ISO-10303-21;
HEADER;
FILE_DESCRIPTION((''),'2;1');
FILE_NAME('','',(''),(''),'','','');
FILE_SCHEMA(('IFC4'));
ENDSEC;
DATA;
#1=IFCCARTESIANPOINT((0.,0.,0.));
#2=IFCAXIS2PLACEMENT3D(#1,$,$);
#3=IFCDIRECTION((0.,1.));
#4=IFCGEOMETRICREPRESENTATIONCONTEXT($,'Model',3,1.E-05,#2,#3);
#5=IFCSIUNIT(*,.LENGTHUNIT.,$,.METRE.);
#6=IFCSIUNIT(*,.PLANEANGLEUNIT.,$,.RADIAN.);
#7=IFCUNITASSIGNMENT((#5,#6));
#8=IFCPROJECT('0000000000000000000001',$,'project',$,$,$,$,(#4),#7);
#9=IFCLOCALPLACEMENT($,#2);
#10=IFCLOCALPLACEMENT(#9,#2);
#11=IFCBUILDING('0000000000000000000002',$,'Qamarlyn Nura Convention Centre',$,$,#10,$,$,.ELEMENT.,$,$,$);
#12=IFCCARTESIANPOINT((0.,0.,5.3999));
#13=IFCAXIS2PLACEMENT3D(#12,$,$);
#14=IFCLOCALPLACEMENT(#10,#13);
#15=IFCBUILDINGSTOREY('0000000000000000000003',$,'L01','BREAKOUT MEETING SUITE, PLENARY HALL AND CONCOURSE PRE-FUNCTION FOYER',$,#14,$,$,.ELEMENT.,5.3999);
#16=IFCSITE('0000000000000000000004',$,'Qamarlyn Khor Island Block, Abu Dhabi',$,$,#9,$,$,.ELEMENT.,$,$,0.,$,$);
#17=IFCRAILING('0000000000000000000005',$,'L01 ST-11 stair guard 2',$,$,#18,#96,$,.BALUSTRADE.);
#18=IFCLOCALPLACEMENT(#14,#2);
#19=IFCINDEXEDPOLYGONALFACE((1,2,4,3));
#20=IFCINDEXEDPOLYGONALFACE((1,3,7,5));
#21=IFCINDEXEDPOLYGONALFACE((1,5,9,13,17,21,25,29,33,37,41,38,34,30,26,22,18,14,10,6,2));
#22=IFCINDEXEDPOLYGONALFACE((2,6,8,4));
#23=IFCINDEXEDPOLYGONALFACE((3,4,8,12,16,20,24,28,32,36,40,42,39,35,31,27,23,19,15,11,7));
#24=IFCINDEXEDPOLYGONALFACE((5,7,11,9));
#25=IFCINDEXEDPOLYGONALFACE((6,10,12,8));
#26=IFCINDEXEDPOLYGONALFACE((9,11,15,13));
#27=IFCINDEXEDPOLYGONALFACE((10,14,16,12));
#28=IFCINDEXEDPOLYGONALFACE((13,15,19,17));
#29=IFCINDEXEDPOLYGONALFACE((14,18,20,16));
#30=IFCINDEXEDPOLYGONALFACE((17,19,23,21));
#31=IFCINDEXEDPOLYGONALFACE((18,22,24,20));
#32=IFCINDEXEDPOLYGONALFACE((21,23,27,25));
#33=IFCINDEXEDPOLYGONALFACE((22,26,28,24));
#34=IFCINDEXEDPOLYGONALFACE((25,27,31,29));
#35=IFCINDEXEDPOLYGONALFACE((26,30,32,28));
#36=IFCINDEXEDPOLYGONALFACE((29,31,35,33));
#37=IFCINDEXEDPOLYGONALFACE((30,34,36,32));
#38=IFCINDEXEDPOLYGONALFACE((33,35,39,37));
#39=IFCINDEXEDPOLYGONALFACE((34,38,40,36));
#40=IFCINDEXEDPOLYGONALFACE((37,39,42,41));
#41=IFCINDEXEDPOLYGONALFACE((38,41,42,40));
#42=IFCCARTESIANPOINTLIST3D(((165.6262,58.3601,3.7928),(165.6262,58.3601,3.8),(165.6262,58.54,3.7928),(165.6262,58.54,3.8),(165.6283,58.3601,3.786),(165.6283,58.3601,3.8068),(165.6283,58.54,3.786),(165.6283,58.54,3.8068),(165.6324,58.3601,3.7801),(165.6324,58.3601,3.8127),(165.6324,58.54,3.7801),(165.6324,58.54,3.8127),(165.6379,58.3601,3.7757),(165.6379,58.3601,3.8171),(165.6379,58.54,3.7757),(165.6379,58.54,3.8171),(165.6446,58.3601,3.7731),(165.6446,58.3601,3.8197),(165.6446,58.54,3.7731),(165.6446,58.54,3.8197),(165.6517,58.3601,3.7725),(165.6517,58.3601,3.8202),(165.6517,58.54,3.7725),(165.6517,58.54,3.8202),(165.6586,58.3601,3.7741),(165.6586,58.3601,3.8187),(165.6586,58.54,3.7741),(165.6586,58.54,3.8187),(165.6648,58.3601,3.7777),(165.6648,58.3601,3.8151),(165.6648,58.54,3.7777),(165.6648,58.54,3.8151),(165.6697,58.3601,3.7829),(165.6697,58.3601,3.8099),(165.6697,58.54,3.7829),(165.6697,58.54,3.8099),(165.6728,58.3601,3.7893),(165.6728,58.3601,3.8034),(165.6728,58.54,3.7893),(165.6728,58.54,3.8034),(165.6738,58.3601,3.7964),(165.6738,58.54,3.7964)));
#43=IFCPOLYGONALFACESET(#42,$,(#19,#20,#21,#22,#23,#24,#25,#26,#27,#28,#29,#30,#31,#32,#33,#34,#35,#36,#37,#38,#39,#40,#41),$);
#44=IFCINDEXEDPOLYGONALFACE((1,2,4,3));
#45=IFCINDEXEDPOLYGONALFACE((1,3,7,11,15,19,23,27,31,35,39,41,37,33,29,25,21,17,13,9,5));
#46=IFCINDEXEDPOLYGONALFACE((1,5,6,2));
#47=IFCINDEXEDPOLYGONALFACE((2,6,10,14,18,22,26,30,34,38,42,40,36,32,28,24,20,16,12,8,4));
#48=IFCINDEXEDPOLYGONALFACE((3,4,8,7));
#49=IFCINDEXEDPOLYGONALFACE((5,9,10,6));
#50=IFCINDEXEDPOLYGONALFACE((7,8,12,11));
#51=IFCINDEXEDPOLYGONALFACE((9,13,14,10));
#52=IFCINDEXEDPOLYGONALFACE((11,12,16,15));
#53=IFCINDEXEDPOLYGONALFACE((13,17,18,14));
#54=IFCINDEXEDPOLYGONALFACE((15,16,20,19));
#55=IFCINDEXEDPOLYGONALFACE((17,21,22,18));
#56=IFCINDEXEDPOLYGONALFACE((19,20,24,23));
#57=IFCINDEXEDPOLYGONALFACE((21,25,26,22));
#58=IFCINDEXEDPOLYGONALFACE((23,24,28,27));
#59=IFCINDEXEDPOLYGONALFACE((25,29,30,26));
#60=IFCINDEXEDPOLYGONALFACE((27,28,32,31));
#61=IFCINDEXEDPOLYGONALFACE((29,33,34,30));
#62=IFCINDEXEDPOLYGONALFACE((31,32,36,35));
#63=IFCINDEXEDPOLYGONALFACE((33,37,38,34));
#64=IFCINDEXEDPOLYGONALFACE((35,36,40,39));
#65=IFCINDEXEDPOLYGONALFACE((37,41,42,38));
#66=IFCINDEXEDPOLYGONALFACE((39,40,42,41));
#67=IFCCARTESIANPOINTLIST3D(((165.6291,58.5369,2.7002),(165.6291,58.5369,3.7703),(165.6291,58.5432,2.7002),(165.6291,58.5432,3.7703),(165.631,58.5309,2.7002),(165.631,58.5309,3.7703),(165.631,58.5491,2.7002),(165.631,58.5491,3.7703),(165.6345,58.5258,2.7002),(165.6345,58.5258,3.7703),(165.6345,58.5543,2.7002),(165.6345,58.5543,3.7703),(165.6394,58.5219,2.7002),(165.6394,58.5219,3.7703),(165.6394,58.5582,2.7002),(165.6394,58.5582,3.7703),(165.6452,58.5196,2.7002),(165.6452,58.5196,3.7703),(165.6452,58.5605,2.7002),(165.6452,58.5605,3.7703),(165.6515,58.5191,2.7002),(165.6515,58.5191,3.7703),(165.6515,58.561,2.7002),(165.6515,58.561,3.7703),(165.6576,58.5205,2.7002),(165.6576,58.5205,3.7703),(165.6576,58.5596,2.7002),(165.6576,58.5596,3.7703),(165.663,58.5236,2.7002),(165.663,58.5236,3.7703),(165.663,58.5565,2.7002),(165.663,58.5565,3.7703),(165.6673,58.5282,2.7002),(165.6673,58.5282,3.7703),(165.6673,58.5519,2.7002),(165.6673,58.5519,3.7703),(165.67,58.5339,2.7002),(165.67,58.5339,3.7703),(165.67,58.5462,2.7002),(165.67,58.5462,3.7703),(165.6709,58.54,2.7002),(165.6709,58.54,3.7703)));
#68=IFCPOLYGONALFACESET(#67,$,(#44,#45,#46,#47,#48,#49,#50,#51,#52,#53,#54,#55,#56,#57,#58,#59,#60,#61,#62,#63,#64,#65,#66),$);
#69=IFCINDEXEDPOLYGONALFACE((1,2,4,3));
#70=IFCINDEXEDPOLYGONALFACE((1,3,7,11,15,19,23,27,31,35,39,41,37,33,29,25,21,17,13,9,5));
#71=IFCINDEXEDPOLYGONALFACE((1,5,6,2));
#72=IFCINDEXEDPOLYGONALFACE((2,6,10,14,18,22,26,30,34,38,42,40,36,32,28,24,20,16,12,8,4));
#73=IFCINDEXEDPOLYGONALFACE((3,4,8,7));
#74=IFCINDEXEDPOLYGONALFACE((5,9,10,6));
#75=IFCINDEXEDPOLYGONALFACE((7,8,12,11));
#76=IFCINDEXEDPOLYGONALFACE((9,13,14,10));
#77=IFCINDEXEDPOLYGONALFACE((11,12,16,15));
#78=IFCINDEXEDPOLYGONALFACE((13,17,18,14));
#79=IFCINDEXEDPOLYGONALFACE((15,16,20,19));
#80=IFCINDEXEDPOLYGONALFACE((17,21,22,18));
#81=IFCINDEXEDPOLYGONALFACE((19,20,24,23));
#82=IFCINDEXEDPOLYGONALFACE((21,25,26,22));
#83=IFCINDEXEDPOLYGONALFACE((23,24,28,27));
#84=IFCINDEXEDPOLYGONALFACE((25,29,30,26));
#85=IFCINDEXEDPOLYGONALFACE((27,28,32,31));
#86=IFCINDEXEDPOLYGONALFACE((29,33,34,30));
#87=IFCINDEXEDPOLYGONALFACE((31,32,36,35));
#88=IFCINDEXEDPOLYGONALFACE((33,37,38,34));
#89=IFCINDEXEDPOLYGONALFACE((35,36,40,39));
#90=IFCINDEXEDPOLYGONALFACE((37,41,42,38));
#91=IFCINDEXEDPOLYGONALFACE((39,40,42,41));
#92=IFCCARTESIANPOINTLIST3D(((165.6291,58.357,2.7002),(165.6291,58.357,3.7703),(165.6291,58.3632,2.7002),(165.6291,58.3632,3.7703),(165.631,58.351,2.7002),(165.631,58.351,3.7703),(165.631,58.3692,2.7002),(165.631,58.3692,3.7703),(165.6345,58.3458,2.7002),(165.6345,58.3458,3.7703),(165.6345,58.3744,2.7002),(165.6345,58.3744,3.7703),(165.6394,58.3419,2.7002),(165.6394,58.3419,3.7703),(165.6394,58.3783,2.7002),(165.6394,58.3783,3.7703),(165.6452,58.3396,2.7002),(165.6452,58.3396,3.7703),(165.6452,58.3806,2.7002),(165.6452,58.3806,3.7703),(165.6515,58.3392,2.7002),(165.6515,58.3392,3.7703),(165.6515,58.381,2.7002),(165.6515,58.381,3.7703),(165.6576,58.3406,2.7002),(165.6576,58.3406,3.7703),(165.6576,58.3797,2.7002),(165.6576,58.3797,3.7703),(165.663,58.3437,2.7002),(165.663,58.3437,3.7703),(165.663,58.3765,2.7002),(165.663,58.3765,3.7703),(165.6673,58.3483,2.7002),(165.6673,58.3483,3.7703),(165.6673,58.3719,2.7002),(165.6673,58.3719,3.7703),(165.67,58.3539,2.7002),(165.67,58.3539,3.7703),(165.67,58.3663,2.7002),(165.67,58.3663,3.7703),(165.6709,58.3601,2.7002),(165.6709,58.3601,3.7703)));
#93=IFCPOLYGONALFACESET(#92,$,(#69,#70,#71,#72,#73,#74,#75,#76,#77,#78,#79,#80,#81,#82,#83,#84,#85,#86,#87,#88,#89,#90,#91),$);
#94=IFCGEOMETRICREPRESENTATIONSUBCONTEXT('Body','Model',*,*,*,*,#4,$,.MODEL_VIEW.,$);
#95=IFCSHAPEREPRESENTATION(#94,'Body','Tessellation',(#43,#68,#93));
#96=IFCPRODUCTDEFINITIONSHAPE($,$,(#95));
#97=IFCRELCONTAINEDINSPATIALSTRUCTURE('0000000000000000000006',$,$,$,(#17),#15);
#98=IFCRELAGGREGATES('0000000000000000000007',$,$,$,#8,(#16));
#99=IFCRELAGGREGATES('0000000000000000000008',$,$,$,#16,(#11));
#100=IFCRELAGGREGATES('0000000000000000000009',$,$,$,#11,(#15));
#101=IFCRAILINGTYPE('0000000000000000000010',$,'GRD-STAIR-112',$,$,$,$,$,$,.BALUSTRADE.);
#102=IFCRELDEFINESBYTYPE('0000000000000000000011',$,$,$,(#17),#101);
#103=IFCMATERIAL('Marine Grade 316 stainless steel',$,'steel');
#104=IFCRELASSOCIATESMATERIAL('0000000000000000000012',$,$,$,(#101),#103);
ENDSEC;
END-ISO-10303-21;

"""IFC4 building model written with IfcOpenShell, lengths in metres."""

from ifc_helpers import new_model, si_unit, direction, frame, origin, origin_2d, place, context, subcontext, project, spatial, circle, extrude, material, type_object, element, save


model = new_model("IFC4")

# Units and contexts
model_context = context("Model", 3, precision=1e-05, world=origin(), true_north=direction((0.0, 1.0)))
body_context = subcontext(model_context, "Body", "Model", "MODEL_VIEW")
ifc_project = project(units=[si_unit("LENGTHUNIT", "METRE"), si_unit("PLANEANGLEUNIT", "RADIAN")], contexts=[model_context])

# Site, building, storey
site_placement = place(None, origin())
site = spatial("IfcSite", under=ifc_project, at=site_placement, Name="Qamarlyn Khor Island Block, Abu Dhabi", CompositionType="ELEMENT", RefElevation=0.0)
building_placement = place(site_placement, origin())
building = spatial("IfcBuilding", under=site, at=building_placement, Name="Qamarlyn Nura Convention Centre", CompositionType="ELEMENT")
storey_placement = place(building_placement, frame((0.0, 0.0, 5.3999)))
storey = spatial("IfcBuildingStorey", under=building, at=storey_placement, Name="L01", Description="BREAKOUT MEETING SUITE, PLENARY HALL AND CONCOURSE PRE-FUNCTION FOYER", CompositionType="ELEMENT", Elevation=5.3999)

# Railing
ifc_material_1 = material(Name="Marine Grade 316 stainless steel", Category="steel")
railing_type_1 = type_object("IfcRailingType", Name="GRD-STAIR-112", PredefinedType="BALUSTRADE", material=ifc_material_1)
railing_1_placement = place(storey_placement, frame((165.6499, 58.54, 2.7002)))
element("IfcRailing", 1, at=railing_1_placement, inside=storey, type_object=railing_type_1, Name="L01 ST-11 stair guard 2", PredefinedType="BALUSTRADE", context=body_context, shape_type="SweptSolid", body=[
    extrude(circle(Radius=0.0239, at=origin_2d()), frame((0.0, 0.0, 1.0962), z_axis=(0.0, -1.0, 0.0), x_axis=(1.0, 0.0, 0.0)), (0.0, 0.0, 1.0), 0.1799),
    extrude(circle(Radius=0.021, at=origin_2d()), origin(), (0.0, 0.0, 1.0), 1.0701),
    extrude(circle(Radius=0.021, at=origin_2d()), frame((0.0, -0.1799, 0.0)), (0.0, 0.0, 1.0), 1.0701),
])

save(model, "model.ifc")
